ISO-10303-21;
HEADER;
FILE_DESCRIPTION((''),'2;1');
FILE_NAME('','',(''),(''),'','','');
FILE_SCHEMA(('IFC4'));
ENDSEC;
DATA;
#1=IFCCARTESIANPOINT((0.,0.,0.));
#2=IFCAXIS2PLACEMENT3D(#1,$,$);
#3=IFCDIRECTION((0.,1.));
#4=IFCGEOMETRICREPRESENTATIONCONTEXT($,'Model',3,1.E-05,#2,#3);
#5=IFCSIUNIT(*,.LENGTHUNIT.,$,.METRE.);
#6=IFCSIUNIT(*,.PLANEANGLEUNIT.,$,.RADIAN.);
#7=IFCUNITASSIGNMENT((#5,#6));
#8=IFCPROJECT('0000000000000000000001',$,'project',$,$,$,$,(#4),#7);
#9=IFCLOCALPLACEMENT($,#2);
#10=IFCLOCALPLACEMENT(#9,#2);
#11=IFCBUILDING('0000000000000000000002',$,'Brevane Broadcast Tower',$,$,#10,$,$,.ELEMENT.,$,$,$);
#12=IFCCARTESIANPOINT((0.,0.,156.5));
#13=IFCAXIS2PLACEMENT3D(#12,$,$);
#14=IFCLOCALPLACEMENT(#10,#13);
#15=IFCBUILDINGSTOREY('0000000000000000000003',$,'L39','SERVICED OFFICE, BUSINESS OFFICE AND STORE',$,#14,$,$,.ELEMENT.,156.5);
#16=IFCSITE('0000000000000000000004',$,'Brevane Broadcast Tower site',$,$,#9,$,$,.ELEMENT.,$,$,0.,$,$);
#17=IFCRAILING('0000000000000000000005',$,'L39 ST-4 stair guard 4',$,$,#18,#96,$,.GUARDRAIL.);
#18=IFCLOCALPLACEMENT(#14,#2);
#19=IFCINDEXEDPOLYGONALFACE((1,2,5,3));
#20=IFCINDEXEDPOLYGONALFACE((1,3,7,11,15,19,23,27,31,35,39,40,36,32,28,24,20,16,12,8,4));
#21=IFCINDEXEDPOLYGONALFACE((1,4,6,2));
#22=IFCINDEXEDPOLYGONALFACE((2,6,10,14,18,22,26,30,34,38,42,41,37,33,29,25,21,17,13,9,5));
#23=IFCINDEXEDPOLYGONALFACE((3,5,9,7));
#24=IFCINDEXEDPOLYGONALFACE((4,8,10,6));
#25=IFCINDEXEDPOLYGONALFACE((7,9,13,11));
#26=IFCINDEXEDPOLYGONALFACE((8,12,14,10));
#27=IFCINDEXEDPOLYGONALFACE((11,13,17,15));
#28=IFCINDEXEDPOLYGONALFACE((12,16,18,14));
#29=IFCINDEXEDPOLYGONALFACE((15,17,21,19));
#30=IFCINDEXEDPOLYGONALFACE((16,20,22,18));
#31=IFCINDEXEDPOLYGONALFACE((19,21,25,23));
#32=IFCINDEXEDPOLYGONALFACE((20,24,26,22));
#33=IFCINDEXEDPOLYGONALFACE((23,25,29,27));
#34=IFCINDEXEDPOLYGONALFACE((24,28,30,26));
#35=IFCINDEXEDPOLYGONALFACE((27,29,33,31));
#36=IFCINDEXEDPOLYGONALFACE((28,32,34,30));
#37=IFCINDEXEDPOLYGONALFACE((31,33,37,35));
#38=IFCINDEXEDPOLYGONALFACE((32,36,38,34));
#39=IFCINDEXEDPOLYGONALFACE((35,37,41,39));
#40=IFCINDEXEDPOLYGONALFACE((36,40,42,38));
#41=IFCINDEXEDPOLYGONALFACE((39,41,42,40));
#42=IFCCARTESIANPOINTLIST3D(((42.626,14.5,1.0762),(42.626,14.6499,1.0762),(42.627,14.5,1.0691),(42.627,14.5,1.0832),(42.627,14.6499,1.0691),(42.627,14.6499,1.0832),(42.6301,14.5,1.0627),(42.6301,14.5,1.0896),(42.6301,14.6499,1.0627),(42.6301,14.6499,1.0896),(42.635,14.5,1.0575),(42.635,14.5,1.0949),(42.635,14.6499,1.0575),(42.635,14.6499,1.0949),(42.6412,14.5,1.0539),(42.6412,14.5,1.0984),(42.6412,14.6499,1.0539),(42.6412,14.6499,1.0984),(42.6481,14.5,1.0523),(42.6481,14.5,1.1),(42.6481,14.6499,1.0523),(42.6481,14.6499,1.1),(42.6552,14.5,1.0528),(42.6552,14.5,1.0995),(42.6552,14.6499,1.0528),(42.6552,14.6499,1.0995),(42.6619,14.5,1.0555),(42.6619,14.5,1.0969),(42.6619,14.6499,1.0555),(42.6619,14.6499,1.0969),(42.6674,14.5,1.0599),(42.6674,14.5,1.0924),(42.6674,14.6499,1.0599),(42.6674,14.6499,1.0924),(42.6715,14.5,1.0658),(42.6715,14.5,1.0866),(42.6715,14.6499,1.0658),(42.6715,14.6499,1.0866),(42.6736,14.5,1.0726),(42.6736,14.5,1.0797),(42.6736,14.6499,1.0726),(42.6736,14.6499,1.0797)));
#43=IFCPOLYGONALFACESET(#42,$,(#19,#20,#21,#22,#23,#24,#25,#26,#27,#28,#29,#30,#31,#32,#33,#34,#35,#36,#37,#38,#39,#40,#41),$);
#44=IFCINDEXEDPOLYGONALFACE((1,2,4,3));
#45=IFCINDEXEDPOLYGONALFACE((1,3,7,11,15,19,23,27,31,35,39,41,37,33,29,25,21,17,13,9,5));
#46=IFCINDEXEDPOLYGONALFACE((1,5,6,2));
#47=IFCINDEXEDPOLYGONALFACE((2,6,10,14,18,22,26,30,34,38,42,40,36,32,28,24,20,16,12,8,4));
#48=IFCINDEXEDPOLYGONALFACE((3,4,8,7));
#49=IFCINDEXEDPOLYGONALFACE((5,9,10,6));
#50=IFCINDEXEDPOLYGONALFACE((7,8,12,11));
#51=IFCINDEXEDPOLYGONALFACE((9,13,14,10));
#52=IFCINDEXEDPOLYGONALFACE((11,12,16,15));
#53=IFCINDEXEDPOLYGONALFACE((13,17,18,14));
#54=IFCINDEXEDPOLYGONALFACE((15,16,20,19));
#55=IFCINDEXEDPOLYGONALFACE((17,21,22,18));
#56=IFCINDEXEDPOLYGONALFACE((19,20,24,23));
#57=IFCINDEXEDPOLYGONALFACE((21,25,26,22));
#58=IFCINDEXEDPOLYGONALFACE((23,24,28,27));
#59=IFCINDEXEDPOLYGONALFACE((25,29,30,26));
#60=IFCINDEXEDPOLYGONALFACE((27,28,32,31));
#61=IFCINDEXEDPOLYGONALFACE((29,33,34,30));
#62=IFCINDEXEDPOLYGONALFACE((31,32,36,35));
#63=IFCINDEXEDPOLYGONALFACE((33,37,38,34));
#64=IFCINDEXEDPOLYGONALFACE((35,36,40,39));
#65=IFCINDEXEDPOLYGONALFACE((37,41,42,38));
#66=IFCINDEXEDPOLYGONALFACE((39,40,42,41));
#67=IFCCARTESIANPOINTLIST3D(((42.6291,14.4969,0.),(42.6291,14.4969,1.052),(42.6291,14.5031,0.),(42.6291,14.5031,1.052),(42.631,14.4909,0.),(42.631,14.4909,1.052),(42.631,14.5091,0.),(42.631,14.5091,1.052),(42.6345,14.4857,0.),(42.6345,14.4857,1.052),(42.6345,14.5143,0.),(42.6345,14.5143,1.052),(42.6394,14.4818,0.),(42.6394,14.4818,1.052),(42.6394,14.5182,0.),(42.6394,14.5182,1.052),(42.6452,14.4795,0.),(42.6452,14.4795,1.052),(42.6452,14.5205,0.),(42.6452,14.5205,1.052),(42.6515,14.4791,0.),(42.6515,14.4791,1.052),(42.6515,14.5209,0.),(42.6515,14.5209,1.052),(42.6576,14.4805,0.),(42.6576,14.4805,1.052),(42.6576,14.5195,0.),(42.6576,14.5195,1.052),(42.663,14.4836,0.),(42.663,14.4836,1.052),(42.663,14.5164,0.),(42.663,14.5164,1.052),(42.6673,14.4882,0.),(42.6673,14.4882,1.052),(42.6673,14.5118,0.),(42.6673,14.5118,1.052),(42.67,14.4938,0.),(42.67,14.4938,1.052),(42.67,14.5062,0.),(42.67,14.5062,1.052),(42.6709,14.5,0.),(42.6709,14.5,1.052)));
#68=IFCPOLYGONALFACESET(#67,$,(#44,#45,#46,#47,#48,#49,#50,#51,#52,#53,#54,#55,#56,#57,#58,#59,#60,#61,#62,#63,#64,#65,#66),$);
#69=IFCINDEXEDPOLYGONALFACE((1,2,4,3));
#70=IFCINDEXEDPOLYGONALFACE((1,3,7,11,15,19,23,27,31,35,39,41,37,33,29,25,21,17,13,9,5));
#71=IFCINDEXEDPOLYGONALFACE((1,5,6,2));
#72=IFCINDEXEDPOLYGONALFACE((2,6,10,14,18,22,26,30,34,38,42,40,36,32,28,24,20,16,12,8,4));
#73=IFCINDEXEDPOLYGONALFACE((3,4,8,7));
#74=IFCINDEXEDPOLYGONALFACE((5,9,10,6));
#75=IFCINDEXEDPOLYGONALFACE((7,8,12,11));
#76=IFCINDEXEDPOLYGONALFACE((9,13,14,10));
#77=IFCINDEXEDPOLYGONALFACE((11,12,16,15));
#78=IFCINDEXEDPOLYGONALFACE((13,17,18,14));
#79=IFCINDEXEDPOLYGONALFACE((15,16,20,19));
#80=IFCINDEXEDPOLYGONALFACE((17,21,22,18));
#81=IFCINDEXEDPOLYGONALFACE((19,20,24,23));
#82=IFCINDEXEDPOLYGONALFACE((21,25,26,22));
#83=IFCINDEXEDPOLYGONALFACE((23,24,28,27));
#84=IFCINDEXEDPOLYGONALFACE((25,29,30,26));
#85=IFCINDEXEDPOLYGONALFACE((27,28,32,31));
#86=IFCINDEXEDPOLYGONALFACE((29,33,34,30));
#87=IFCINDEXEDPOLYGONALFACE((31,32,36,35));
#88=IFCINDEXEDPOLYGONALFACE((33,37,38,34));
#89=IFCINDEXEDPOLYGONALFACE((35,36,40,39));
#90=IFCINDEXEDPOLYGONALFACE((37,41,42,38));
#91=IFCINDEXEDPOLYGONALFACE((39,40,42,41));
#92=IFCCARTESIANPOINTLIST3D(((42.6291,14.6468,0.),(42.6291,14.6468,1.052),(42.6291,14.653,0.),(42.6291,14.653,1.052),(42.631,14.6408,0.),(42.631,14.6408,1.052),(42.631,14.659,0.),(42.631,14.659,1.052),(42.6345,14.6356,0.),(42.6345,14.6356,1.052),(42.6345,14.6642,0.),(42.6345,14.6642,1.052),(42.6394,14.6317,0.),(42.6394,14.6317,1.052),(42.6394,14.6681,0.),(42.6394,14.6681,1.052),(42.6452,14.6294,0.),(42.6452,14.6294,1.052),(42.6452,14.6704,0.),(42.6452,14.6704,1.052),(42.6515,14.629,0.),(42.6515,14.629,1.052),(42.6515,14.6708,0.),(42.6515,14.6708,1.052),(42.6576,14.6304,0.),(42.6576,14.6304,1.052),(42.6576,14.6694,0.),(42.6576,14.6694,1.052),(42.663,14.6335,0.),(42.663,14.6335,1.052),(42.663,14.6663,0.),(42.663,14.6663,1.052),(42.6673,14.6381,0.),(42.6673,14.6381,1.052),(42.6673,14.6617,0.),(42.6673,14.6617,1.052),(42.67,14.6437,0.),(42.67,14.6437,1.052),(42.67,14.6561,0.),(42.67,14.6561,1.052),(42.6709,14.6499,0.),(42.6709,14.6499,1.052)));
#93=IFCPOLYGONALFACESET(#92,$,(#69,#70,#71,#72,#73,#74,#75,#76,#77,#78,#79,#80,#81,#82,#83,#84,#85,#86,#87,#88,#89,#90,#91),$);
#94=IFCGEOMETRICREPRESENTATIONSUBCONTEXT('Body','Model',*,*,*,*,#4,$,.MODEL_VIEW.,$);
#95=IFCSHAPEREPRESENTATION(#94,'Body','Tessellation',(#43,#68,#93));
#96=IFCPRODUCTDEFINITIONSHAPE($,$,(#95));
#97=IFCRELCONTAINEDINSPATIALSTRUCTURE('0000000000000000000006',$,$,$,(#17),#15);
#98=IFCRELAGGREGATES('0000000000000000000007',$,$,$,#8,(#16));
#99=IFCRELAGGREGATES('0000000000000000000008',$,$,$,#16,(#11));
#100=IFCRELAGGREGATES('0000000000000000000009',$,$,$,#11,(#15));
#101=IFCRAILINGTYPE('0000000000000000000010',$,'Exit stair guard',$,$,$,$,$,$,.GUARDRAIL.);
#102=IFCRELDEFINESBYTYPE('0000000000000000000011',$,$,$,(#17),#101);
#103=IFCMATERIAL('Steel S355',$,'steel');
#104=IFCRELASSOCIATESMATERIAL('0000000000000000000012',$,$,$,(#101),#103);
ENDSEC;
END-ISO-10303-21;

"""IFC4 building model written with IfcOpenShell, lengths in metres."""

from ifc_helpers import new_model, si_unit, direction, frame, origin, origin_2d, place, context, subcontext, project, spatial, circle, extrude, material, type_object, element, save


model = new_model("IFC4")

# Units and contexts
model_context = context("Model", 3, precision=1e-05, world=origin(), true_north=direction((0.0, 1.0)))
body_context = subcontext(model_context, "Body", "Model", "MODEL_VIEW")
ifc_project = project(units=[si_unit("LENGTHUNIT", "METRE"), si_unit("PLANEANGLEUNIT", "RADIAN")], contexts=[model_context])

# Site, building, storey
site_placement = place(None, origin())
site = spatial("IfcSite", under=ifc_project, at=site_placement, Name="Brevane Broadcast Tower site", CompositionType="ELEMENT", RefElevation=0.0)
building_placement = place(site_placement, origin())
building = spatial("IfcBuilding", under=site, at=building_placement, Name="Brevane Broadcast Tower", CompositionType="ELEMENT")
storey_placement = place(building_placement, frame((0.0, 0.0, 156.5)))
storey = spatial("IfcBuildingStorey", under=building, at=storey_placement, Name="L39", Description="SERVICED OFFICE, BUSINESS OFFICE AND STORE", CompositionType="ELEMENT", Elevation=156.5)

# Railing
ifc_material_1 = material(Name="Steel S355", Category="steel")
railing_type_1 = type_object("IfcRailingType", Name="Exit stair guard", PredefinedType="GUARDRAIL", material=ifc_material_1)
railing_1_placement = place(storey_placement, frame((42.6499, 14.5, 0.0)))
element("IfcRailing", 1, at=railing_1_placement, inside=storey, type_object=railing_type_1, Name="L39 ST-4 stair guard 4", PredefinedType="GUARDRAIL", context=body_context, shape_type="SweptSolid", body=[
    extrude(circle(Radius=0.0239, at=origin_2d()), frame((0.0, 0.0, 1.0762), z_axis=(0.0, 1.0, 0.0), x_axis=(-1.0, 0.0, 0.0)), (0.0, 0.0, 1.0), 0.1499),
    extrude(circle(Radius=0.021, at=origin_2d()), origin(), (0.0, 0.0, 1.0), 1.052),
    extrude(circle(Radius=0.021, at=origin_2d()), frame((0.0, 0.1499, 0.0)), (0.0, 0.0, 1.0), 1.052),
])

save(model, "model.ifc")
